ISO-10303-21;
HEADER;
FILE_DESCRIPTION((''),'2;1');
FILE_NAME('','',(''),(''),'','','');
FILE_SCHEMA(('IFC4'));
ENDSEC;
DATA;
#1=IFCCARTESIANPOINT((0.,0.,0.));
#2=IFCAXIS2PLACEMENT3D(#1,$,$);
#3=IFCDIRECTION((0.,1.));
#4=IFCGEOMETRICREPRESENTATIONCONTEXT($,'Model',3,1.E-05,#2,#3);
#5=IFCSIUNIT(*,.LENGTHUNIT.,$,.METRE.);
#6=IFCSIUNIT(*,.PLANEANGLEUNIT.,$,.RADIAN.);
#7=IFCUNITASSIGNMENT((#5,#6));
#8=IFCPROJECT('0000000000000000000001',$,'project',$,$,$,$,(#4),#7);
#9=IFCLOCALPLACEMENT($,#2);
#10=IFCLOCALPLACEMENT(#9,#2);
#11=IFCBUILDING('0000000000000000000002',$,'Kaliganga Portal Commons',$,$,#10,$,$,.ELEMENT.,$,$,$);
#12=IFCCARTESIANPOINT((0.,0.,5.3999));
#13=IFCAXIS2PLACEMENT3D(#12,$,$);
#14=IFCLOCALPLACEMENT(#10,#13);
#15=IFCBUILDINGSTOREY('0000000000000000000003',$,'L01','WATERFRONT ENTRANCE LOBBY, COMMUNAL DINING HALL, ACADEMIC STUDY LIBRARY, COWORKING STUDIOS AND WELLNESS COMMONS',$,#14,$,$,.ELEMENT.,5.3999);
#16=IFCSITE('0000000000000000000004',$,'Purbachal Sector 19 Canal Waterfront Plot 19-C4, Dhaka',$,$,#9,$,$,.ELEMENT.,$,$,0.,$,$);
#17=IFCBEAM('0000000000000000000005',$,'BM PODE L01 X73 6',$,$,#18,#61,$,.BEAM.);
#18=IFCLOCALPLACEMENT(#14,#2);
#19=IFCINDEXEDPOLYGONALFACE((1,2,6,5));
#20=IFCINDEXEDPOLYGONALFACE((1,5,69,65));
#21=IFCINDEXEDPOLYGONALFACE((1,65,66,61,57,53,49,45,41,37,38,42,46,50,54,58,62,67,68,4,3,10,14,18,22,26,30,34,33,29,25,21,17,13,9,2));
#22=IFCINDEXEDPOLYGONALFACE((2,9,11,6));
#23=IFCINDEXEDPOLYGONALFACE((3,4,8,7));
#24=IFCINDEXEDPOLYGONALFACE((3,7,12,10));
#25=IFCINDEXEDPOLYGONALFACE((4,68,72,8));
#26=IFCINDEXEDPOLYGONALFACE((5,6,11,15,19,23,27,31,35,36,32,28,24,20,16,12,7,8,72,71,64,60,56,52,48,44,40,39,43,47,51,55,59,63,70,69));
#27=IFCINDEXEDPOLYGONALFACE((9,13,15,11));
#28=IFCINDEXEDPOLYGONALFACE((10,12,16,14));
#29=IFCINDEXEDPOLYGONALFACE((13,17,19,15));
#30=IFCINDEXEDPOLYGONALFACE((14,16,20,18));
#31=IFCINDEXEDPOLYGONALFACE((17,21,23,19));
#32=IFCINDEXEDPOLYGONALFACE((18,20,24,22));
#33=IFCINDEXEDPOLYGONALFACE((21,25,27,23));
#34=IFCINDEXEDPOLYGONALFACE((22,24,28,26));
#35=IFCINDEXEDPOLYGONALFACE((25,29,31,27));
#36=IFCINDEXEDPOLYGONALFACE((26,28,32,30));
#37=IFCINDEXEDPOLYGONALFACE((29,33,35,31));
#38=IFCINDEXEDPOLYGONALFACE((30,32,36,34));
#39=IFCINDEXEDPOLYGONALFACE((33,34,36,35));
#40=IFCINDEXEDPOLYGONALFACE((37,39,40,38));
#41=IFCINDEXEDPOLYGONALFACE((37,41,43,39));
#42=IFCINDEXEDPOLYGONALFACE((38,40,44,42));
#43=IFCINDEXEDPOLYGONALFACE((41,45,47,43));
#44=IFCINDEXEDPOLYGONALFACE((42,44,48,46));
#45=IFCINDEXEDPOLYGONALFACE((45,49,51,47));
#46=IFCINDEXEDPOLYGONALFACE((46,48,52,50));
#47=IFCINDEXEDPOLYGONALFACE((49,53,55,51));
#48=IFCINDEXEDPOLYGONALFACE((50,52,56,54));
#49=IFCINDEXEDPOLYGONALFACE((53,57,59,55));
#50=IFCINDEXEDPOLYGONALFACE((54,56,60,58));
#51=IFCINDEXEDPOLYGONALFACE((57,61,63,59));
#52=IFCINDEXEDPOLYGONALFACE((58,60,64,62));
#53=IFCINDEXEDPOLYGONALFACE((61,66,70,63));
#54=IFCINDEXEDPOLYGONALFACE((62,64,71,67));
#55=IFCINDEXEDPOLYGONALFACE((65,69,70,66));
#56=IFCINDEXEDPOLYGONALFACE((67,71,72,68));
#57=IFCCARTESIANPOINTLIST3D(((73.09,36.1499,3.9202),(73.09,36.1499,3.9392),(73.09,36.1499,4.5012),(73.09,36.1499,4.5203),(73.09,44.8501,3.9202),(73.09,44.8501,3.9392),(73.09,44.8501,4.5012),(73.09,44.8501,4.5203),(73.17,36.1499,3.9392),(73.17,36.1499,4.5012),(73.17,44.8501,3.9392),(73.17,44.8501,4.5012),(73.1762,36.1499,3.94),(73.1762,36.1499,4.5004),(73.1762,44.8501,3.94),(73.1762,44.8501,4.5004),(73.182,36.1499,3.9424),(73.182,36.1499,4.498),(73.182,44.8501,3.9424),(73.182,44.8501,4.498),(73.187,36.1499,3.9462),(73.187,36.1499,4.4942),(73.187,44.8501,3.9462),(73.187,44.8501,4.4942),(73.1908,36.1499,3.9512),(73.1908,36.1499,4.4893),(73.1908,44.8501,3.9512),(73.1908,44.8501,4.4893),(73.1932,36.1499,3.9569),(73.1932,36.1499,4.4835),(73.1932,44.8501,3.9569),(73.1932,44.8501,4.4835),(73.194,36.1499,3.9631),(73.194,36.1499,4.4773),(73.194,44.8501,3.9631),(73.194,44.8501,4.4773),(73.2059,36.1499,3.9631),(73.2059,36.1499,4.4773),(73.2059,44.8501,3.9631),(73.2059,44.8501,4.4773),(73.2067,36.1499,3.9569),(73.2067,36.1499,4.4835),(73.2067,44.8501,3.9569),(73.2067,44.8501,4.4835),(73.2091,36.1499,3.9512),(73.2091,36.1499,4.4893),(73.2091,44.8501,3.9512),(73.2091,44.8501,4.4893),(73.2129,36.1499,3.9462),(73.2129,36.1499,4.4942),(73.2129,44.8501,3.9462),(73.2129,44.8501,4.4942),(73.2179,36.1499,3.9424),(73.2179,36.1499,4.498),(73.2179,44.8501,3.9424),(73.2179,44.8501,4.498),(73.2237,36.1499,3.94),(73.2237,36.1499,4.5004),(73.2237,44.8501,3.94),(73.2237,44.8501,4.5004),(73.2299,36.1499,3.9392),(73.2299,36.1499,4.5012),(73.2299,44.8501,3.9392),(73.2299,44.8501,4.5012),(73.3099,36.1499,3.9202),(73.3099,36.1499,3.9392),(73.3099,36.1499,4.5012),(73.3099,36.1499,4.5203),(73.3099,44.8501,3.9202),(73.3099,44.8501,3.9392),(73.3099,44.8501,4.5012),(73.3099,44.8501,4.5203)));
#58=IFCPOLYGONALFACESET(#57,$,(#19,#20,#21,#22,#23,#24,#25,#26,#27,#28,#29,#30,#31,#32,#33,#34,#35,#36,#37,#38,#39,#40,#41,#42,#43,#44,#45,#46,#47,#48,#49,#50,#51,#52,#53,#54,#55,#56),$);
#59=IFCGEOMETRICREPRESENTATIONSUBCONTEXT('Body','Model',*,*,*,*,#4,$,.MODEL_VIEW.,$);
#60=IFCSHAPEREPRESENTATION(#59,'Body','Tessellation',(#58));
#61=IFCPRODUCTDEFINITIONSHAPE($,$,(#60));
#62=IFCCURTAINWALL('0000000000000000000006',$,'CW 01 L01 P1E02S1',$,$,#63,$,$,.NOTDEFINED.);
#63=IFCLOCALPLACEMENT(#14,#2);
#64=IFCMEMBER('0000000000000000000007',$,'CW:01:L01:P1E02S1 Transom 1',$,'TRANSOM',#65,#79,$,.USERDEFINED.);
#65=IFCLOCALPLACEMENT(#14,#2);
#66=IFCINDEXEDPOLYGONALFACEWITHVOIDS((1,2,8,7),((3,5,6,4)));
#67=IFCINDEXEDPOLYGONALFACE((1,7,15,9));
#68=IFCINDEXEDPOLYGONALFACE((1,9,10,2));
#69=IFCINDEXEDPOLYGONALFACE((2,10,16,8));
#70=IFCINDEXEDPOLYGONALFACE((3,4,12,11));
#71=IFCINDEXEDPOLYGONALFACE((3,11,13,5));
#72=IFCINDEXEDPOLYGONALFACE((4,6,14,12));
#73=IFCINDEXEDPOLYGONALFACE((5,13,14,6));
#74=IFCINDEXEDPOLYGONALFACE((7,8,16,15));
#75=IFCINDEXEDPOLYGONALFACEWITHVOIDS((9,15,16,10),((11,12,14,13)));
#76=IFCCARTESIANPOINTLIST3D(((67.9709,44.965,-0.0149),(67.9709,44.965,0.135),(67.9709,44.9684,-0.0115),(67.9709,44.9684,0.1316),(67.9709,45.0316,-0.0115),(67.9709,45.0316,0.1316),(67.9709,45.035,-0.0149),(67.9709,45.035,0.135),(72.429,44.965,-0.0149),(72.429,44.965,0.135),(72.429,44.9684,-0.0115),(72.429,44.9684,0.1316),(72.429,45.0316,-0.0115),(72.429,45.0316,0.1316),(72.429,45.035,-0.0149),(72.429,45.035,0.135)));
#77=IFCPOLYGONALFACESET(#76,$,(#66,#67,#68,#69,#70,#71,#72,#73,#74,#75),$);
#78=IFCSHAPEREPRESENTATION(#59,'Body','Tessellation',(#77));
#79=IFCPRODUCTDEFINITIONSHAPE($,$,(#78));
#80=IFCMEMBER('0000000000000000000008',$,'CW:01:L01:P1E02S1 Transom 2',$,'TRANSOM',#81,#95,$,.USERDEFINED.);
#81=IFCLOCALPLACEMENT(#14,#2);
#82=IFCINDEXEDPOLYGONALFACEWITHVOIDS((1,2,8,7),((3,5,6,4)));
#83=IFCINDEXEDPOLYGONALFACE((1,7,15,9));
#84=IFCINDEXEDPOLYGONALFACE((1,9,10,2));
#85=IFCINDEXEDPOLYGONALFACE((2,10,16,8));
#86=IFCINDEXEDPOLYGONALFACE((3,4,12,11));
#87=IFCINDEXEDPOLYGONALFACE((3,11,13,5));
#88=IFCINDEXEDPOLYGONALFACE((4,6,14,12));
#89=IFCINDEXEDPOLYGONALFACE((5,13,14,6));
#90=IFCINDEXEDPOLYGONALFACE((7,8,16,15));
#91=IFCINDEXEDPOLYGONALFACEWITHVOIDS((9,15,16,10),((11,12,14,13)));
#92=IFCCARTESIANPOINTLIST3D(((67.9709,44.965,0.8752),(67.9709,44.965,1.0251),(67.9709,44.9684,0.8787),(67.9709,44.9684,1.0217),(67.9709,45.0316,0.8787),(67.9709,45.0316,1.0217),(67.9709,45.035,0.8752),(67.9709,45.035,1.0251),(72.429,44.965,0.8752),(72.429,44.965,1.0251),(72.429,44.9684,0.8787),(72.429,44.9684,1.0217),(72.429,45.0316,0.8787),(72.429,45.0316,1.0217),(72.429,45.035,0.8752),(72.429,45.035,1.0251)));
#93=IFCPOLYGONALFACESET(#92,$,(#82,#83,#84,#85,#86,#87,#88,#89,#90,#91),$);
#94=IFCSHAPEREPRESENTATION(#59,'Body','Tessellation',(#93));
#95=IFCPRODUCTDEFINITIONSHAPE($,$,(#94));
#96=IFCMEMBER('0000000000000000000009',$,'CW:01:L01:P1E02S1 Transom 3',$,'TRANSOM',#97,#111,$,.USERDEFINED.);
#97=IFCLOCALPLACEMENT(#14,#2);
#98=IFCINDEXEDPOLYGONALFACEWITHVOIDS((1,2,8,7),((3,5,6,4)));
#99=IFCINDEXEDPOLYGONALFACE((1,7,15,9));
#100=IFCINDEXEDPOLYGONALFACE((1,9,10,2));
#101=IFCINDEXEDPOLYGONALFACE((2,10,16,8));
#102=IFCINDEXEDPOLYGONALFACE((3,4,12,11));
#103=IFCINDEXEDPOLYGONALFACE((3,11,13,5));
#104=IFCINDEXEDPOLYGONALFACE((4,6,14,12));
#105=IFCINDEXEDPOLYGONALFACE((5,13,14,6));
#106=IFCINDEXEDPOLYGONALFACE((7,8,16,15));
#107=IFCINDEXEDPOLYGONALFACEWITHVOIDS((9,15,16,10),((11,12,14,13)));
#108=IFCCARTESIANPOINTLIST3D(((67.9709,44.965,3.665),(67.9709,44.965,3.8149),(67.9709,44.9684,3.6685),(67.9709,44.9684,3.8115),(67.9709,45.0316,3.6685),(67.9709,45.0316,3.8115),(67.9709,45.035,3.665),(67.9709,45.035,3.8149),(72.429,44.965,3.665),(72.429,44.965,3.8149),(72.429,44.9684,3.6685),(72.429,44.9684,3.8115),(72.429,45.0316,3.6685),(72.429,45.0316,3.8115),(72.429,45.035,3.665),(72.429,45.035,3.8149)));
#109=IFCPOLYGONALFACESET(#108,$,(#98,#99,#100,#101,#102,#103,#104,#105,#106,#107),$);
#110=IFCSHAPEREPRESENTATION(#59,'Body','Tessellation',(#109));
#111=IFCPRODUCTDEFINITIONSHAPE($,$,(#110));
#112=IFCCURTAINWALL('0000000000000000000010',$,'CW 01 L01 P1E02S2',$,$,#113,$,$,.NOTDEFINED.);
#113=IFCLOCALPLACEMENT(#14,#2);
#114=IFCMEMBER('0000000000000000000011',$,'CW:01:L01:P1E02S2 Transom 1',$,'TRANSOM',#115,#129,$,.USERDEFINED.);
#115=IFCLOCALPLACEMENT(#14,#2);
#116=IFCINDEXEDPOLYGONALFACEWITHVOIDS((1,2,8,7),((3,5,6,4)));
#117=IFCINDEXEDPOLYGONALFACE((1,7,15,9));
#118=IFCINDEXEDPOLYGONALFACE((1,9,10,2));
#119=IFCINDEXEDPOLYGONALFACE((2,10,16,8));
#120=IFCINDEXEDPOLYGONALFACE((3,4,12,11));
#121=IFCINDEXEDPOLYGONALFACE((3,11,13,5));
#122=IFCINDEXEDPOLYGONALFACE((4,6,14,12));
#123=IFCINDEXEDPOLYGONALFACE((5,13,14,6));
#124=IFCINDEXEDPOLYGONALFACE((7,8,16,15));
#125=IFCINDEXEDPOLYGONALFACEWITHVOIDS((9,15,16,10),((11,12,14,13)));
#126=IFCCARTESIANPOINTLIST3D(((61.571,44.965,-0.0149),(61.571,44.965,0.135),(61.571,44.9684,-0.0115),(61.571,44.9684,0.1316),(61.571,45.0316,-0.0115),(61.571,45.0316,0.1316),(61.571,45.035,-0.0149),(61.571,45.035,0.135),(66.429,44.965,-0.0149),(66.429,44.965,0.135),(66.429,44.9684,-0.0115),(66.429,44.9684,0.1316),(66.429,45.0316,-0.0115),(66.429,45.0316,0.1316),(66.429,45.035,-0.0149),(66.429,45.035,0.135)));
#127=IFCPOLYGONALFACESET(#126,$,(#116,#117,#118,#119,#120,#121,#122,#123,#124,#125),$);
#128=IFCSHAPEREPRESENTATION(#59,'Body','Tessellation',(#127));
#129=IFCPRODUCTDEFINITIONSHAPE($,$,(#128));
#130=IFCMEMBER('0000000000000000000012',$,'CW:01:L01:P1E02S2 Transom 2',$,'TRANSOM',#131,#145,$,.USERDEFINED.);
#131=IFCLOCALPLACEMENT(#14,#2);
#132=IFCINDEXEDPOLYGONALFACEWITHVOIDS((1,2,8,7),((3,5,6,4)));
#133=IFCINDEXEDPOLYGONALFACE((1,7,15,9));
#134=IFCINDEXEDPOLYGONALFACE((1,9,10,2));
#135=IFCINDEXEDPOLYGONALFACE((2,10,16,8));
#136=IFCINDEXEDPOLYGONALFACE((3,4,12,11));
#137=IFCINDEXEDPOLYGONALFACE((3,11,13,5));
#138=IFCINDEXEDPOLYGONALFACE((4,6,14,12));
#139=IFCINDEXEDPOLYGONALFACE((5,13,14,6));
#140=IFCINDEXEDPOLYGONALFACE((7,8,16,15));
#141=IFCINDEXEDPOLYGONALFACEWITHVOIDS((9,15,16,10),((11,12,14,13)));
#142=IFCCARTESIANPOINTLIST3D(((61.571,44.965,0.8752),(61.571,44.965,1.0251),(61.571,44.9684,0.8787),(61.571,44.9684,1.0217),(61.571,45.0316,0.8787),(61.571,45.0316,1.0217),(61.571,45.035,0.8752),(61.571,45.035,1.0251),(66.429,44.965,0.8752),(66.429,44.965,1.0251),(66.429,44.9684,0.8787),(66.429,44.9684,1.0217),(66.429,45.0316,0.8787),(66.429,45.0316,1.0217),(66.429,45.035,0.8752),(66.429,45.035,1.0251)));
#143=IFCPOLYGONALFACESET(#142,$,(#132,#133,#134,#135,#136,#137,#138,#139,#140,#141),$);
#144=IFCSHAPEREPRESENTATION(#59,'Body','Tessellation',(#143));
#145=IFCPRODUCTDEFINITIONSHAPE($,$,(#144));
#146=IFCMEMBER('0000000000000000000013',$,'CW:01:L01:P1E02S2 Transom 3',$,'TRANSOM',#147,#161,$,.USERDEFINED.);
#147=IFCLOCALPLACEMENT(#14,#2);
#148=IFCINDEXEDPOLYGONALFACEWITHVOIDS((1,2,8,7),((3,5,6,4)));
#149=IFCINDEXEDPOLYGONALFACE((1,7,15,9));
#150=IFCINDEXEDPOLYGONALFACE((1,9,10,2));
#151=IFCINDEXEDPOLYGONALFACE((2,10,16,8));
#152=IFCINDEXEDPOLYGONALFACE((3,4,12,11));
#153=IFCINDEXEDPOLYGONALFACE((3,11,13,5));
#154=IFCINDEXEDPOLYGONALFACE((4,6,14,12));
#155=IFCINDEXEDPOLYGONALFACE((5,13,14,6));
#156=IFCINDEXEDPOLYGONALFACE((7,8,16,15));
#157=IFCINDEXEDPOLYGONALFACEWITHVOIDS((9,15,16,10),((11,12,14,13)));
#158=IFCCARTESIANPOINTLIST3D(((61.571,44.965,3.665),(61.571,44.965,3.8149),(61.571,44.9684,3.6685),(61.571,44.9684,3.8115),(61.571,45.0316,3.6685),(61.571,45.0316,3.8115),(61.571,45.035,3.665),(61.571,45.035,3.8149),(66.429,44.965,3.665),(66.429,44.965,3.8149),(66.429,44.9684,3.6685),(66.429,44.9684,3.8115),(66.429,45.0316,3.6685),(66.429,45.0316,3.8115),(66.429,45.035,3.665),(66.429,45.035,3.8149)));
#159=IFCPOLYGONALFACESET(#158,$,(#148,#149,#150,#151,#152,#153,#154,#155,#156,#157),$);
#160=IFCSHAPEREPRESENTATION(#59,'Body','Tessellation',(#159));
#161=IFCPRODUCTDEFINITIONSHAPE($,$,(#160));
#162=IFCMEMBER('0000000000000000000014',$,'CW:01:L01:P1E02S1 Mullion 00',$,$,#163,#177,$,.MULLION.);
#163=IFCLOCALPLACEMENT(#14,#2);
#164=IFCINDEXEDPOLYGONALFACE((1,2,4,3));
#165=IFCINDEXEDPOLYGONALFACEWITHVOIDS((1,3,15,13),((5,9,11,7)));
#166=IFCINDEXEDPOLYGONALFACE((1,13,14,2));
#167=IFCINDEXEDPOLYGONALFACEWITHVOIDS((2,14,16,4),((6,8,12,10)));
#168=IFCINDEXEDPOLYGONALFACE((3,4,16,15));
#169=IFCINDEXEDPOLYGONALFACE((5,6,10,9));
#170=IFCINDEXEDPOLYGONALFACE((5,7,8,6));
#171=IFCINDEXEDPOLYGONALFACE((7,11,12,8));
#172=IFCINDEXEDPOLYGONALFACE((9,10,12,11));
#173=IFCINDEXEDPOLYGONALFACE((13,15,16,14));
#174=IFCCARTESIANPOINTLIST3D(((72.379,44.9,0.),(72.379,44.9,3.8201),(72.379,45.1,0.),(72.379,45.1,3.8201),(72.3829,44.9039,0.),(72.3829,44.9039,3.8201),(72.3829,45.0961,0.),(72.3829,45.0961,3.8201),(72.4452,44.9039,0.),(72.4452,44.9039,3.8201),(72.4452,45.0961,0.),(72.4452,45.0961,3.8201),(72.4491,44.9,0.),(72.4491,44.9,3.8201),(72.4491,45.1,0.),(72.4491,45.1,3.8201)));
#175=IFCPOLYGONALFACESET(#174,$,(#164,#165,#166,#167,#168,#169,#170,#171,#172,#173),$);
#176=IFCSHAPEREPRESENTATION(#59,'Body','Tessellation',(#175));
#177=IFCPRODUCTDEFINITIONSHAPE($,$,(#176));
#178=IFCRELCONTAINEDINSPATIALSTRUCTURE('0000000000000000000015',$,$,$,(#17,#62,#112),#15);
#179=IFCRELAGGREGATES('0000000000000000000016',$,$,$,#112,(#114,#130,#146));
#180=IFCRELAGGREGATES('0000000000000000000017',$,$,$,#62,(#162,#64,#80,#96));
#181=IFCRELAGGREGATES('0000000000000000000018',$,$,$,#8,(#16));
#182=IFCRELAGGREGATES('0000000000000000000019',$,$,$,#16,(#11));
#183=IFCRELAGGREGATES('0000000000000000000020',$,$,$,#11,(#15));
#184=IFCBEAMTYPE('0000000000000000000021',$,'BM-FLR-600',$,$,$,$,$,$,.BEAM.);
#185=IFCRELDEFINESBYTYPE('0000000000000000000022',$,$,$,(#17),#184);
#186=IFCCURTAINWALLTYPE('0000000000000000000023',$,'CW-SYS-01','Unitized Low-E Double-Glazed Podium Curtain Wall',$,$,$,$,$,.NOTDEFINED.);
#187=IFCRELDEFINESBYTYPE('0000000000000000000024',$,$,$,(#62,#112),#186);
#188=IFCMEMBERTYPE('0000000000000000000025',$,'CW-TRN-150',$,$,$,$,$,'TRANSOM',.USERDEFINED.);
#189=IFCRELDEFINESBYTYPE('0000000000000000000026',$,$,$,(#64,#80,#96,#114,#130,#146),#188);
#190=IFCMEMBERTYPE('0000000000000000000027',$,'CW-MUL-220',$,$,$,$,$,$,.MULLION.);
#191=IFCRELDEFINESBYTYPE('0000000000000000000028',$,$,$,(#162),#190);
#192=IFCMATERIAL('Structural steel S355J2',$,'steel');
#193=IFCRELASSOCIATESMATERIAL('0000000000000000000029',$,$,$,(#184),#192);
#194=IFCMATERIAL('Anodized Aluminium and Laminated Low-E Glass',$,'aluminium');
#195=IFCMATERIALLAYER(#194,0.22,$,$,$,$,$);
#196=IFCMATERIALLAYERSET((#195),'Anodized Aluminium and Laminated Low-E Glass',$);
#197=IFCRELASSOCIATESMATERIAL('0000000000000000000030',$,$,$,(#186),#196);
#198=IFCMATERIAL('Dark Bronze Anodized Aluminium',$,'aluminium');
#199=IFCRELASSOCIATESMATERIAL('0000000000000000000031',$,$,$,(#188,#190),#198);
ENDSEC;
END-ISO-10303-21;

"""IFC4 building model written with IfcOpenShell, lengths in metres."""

from ifc_helpers import new_model, si_unit, direction, frame, origin, origin_2d, place, context, subcontext, project, spatial, hollow_rectangle, i_section, extrude, source, transform, mapped, material, layer, layer_set, material_profile, profile_set, type_object, element, aggregate, save


model = new_model("IFC4")

# Units and contexts
model_context = context("Model", 3, precision=1e-05, world=origin(), true_north=direction((0.0, 1.0)))
body_context = subcontext(model_context, "Body", "Model", "MODEL_VIEW")
ifc_project = project(units=[si_unit("LENGTHUNIT", "METRE"), si_unit("PLANEANGLEUNIT", "RADIAN")], contexts=[model_context])

# Site, building, storey
site_placement = place(None, origin())
site = spatial("IfcSite", under=ifc_project, at=site_placement, Name="Purbachal Sector 19 Canal Waterfront Plot 19-C4, Dhaka", CompositionType="ELEMENT", RefElevation=0.0)
building_placement = place(site_placement, origin())
building = spatial("IfcBuilding", under=site, at=building_placement, Name="Kaliganga Portal Commons", CompositionType="ELEMENT")
storey_placement = place(building_placement, frame((0.0, 0.0, 5.3999)))
storey = spatial("IfcBuildingStorey", under=building, at=storey_placement, Name="L01", Description="WATERFRONT ENTRANCE LOBBY, COMMUNAL DINING HALL, ACADEMIC STUDY LIBRARY, COWORKING STUDIOS AND WELLNESS COMMONS", CompositionType="ELEMENT", Elevation=5.3999)

# Beam
ifc_material_1 = material(Name="Structural steel S355J2", Category="steel")
ifc_material_profile_1 = material_profile(ifc_material_1, i_section(OverallWidth=0.22, OverallDepth=0.6001, WebThickness=0.012, FlangeThickness=0.019, FilletRadius=0.0239, at=origin_2d()), Name="IPE 600")
ifc_profile_set_1 = profile_set([ifc_material_profile_1], Name="Structural steel S355J2 wide-flange")
beam_type_1 = type_object("IfcBeamType", Name="BM-FLR-600", PredefinedType="BEAM", material=ifc_profile_set_1)
shared_shape_1 = source(origin(), body_context, "Body", "SweptSolid", [
    extrude(i_section(OverallWidth=0.22, OverallDepth=0.6001, WebThickness=0.012, FlangeThickness=0.019, FilletRadius=0.0239, at=origin_2d()), origin(), (0.0, 0.0, 1.0), 8.7002),
])
for number, where, z_axis, x_axis, name in (
    (1, (73.2, 36.1499, 4.2202), (0.0, 1.0, 0.0), (-1.0, 0.0, 0.0), "BM PODE L01 X73 6"),
):
    element("IfcBeam", number, at=place(storey_placement, frame(where, z_axis=z_axis, x_axis=x_axis)), inside=storey, type_object=beam_type_1, Name=name, PredefinedType="BEAM", context=body_context, shape_type="MappedRepresentation", body=[
        mapped(shared_shape_1, transform((0.0, 0.0, 0.0), x_axis=(1.0, 0.0, 0.0), y_axis=(0.0, 1.0, 0.0), z_axis=(0.0, 0.0, 1.0), scale=1.0)),
    ])

# Curtain walls, members
ifc_material_2 = material(Name="Anodized Aluminium and Laminated Low-E Glass", Category="aluminium")
ifc_layer_1 = layer(ifc_material_2, 0.22)
ifc_layer_set_1 = layer_set([ifc_layer_1], Name="Anodized Aluminium and Laminated Low-E Glass")
curtain_wall_type = type_object("IfcCurtainWallType", Name="CW-SYS-01", Description="Unitized Low-E Double-Glazed Podium Curtain Wall", PredefinedType="NOTDEFINED", material=ifc_layer_set_1)
curtain_wall_1_placement = place(storey_placement, origin())
curtain_wall_1 = element("IfcCurtainWall", 2, at=curtain_wall_1_placement, inside=storey, type_object=curtain_wall_type, Name="CW 01 L01 P1E02S1", PredefinedType="NOTDEFINED")
ifc_material_3 = material(Name="Dark Bronze Anodized Aluminium", Category="aluminium")
ifc_material_profile_2 = material_profile(ifc_material_3, hollow_rectangle(XDim=0.0701, YDim=0.1499, WallThickness=0.0034, at=origin_2d()), Name="ALU TRAN 70x150x3.5")
ifc_profile_set_2 = profile_set([ifc_material_profile_2], Name="Dark Bronze Anodized Aluminium")
member_type_1 = type_object("IfcMemberType", Name="CW-TRN-150", ElementType="TRANSOM", PredefinedType="USERDEFINED", material=ifc_profile_set_2)
shared_shape_2 = source(origin(), body_context, "Body", "SweptSolid", [
    extrude(hollow_rectangle(XDim=0.0701, YDim=0.1499, WallThickness=0.0034, at=origin_2d()), origin(), (0.0, 0.0, 1.0), 4.458),
])
member_1_placement = place(storey_placement, frame((72.429, 45.0, 0.0601), z_axis=(-1.0, 0.0, 0.0), x_axis=(0.0, -1.0, 0.0)))
member_1 = element("IfcMember", 3, at=member_1_placement, type_object=member_type_1, Name="CW:01:L01:P1E02S1 Transom 1", ObjectType="TRANSOM", PredefinedType="USERDEFINED", context=body_context, shape_type="MappedRepresentation", body=[
    mapped(shared_shape_2, transform((0.0, 0.0, 0.0), x_axis=(1.0, 0.0, 0.0), y_axis=(0.0, 1.0, 0.0), z_axis=(0.0, 0.0, 1.0), scale=1.0)),
])
member_2_placement = place(storey_placement, frame((72.429, 45.0, 0.9502), z_axis=(-1.0, 0.0, 0.0), x_axis=(0.0, -1.0, 0.0)))
member_2 = element("IfcMember", 4, at=member_2_placement, type_object=member_type_1, Name="CW:01:L01:P1E02S1 Transom 2", ObjectType="TRANSOM", PredefinedType="USERDEFINED", context=body_context, shape_type="MappedRepresentation", body=[
    mapped(shared_shape_2, transform((0.0, 0.0, 0.0), x_axis=(1.0, 0.0, 0.0), y_axis=(0.0, 1.0, 0.0), z_axis=(0.0, 0.0, 1.0), scale=1.0)),
])
member_3_placement = place(storey_placement, frame((72.429, 45.0, 3.74), z_axis=(-1.0, 0.0, 0.0), x_axis=(0.0, -1.0, 0.0)))
member_3 = element("IfcMember", 5, at=member_3_placement, type_object=member_type_1, Name="CW:01:L01:P1E02S1 Transom 3", ObjectType="TRANSOM", PredefinedType="USERDEFINED", context=body_context, shape_type="MappedRepresentation", body=[
    mapped(shared_shape_2, transform((0.0, 0.0, 0.0), x_axis=(1.0, 0.0, 0.0), y_axis=(0.0, 1.0, 0.0), z_axis=(0.0, 0.0, 1.0), scale=1.0)),
])
curtain_wall_2_placement = place(storey_placement, origin())
curtain_wall_2 = element("IfcCurtainWall", 6, at=curtain_wall_2_placement, inside=storey, type_object=curtain_wall_type, Name="CW 01 L01 P1E02S2", PredefinedType="NOTDEFINED")
shared_shape_3 = source(origin(), body_context, "Body", "SweptSolid", [
    extrude(hollow_rectangle(XDim=0.0701, YDim=0.1499, WallThickness=0.0034, at=origin_2d()), origin(), (0.0, 0.0, 1.0), 4.8579),
])
member_4_placement = place(storey_placement, frame((66.429, 45.0, 0.0601), z_axis=(-1.0, 0.0, 0.0), x_axis=(0.0, -1.0, 0.0)))
member_4 = element("IfcMember", 7, at=member_4_placement, type_object=member_type_1, Name="CW:01:L01:P1E02S2 Transom 1", ObjectType="TRANSOM", PredefinedType="USERDEFINED", context=body_context, shape_type="MappedRepresentation", body=[
    mapped(shared_shape_3, transform((0.0, 0.0, 0.0), x_axis=(1.0, 0.0, 0.0), y_axis=(0.0, 1.0, 0.0), z_axis=(0.0, 0.0, 1.0), scale=1.0)),
])
member_5_placement = place(storey_placement, frame((66.429, 45.0, 0.9502), z_axis=(-1.0, 0.0, 0.0), x_axis=(0.0, -1.0, 0.0)))
member_5 = element("IfcMember", 8, at=member_5_placement, type_object=member_type_1, Name="CW:01:L01:P1E02S2 Transom 2", ObjectType="TRANSOM", PredefinedType="USERDEFINED", context=body_context, shape_type="MappedRepresentation", body=[
    mapped(shared_shape_3, transform((0.0, 0.0, 0.0), x_axis=(1.0, 0.0, 0.0), y_axis=(0.0, 1.0, 0.0), z_axis=(0.0, 0.0, 1.0), scale=1.0)),
])
member_6_placement = place(storey_placement, frame((66.429, 45.0, 3.74), z_axis=(-1.0, 0.0, 0.0), x_axis=(0.0, -1.0, 0.0)))
member_6 = element("IfcMember", 9, at=member_6_placement, type_object=member_type_1, Name="CW:01:L01:P1E02S2 Transom 3", ObjectType="TRANSOM", PredefinedType="USERDEFINED", context=body_context, shape_type="MappedRepresentation", body=[
    mapped(shared_shape_3, transform((0.0, 0.0, 0.0), x_axis=(1.0, 0.0, 0.0), y_axis=(0.0, 1.0, 0.0), z_axis=(0.0, 0.0, 1.0), scale=1.0)),
])

# Member
ifc_material_profile_3 = material_profile(ifc_material_3, hollow_rectangle(XDim=0.0701, YDim=0.2, WallThickness=0.0039, at=origin_2d()), Name="ALU MULL 70x200x4")
ifc_profile_set_3 = profile_set([ifc_material_profile_3], Name="Dark Bronze Anodized Aluminium")
member_type_2 = type_object("IfcMemberType", Name="CW-MUL-220", PredefinedType="MULLION", material=ifc_profile_set_3)
shared_shape_4 = source(origin(), body_context, "Body", "SweptSolid", [
    extrude(hollow_rectangle(XDim=0.0701, YDim=0.2, WallThickness=0.0039, at=origin_2d()), origin(), (0.0, 0.0, 1.0), 3.8201),
])
member_7_placement = place(storey_placement, frame((72.4141, 45.0, 0.0), z_axis=(0.0, 0.0, 1.0), x_axis=(-1.0, 0.0, 0.0)))
member_7 = element("IfcMember", 10, at=member_7_placement, type_object=member_type_2, Name="CW:01:L01:P1E02S1 Mullion 00", PredefinedType="MULLION", context=body_context, shape_type="MappedRepresentation", body=[
    mapped(shared_shape_4, transform((0.0, 0.0, 0.0), x_axis=(1.0, 0.0, 0.0), y_axis=(0.0, 1.0, 0.0), z_axis=(0.0, 0.0, 1.0), scale=1.0)),
])
aggregate(curtain_wall_2, [member_4, member_5, member_6])

aggregate(curtain_wall_1, [member_7, member_1, member_2, member_3])

save(model, "model.ifc")
